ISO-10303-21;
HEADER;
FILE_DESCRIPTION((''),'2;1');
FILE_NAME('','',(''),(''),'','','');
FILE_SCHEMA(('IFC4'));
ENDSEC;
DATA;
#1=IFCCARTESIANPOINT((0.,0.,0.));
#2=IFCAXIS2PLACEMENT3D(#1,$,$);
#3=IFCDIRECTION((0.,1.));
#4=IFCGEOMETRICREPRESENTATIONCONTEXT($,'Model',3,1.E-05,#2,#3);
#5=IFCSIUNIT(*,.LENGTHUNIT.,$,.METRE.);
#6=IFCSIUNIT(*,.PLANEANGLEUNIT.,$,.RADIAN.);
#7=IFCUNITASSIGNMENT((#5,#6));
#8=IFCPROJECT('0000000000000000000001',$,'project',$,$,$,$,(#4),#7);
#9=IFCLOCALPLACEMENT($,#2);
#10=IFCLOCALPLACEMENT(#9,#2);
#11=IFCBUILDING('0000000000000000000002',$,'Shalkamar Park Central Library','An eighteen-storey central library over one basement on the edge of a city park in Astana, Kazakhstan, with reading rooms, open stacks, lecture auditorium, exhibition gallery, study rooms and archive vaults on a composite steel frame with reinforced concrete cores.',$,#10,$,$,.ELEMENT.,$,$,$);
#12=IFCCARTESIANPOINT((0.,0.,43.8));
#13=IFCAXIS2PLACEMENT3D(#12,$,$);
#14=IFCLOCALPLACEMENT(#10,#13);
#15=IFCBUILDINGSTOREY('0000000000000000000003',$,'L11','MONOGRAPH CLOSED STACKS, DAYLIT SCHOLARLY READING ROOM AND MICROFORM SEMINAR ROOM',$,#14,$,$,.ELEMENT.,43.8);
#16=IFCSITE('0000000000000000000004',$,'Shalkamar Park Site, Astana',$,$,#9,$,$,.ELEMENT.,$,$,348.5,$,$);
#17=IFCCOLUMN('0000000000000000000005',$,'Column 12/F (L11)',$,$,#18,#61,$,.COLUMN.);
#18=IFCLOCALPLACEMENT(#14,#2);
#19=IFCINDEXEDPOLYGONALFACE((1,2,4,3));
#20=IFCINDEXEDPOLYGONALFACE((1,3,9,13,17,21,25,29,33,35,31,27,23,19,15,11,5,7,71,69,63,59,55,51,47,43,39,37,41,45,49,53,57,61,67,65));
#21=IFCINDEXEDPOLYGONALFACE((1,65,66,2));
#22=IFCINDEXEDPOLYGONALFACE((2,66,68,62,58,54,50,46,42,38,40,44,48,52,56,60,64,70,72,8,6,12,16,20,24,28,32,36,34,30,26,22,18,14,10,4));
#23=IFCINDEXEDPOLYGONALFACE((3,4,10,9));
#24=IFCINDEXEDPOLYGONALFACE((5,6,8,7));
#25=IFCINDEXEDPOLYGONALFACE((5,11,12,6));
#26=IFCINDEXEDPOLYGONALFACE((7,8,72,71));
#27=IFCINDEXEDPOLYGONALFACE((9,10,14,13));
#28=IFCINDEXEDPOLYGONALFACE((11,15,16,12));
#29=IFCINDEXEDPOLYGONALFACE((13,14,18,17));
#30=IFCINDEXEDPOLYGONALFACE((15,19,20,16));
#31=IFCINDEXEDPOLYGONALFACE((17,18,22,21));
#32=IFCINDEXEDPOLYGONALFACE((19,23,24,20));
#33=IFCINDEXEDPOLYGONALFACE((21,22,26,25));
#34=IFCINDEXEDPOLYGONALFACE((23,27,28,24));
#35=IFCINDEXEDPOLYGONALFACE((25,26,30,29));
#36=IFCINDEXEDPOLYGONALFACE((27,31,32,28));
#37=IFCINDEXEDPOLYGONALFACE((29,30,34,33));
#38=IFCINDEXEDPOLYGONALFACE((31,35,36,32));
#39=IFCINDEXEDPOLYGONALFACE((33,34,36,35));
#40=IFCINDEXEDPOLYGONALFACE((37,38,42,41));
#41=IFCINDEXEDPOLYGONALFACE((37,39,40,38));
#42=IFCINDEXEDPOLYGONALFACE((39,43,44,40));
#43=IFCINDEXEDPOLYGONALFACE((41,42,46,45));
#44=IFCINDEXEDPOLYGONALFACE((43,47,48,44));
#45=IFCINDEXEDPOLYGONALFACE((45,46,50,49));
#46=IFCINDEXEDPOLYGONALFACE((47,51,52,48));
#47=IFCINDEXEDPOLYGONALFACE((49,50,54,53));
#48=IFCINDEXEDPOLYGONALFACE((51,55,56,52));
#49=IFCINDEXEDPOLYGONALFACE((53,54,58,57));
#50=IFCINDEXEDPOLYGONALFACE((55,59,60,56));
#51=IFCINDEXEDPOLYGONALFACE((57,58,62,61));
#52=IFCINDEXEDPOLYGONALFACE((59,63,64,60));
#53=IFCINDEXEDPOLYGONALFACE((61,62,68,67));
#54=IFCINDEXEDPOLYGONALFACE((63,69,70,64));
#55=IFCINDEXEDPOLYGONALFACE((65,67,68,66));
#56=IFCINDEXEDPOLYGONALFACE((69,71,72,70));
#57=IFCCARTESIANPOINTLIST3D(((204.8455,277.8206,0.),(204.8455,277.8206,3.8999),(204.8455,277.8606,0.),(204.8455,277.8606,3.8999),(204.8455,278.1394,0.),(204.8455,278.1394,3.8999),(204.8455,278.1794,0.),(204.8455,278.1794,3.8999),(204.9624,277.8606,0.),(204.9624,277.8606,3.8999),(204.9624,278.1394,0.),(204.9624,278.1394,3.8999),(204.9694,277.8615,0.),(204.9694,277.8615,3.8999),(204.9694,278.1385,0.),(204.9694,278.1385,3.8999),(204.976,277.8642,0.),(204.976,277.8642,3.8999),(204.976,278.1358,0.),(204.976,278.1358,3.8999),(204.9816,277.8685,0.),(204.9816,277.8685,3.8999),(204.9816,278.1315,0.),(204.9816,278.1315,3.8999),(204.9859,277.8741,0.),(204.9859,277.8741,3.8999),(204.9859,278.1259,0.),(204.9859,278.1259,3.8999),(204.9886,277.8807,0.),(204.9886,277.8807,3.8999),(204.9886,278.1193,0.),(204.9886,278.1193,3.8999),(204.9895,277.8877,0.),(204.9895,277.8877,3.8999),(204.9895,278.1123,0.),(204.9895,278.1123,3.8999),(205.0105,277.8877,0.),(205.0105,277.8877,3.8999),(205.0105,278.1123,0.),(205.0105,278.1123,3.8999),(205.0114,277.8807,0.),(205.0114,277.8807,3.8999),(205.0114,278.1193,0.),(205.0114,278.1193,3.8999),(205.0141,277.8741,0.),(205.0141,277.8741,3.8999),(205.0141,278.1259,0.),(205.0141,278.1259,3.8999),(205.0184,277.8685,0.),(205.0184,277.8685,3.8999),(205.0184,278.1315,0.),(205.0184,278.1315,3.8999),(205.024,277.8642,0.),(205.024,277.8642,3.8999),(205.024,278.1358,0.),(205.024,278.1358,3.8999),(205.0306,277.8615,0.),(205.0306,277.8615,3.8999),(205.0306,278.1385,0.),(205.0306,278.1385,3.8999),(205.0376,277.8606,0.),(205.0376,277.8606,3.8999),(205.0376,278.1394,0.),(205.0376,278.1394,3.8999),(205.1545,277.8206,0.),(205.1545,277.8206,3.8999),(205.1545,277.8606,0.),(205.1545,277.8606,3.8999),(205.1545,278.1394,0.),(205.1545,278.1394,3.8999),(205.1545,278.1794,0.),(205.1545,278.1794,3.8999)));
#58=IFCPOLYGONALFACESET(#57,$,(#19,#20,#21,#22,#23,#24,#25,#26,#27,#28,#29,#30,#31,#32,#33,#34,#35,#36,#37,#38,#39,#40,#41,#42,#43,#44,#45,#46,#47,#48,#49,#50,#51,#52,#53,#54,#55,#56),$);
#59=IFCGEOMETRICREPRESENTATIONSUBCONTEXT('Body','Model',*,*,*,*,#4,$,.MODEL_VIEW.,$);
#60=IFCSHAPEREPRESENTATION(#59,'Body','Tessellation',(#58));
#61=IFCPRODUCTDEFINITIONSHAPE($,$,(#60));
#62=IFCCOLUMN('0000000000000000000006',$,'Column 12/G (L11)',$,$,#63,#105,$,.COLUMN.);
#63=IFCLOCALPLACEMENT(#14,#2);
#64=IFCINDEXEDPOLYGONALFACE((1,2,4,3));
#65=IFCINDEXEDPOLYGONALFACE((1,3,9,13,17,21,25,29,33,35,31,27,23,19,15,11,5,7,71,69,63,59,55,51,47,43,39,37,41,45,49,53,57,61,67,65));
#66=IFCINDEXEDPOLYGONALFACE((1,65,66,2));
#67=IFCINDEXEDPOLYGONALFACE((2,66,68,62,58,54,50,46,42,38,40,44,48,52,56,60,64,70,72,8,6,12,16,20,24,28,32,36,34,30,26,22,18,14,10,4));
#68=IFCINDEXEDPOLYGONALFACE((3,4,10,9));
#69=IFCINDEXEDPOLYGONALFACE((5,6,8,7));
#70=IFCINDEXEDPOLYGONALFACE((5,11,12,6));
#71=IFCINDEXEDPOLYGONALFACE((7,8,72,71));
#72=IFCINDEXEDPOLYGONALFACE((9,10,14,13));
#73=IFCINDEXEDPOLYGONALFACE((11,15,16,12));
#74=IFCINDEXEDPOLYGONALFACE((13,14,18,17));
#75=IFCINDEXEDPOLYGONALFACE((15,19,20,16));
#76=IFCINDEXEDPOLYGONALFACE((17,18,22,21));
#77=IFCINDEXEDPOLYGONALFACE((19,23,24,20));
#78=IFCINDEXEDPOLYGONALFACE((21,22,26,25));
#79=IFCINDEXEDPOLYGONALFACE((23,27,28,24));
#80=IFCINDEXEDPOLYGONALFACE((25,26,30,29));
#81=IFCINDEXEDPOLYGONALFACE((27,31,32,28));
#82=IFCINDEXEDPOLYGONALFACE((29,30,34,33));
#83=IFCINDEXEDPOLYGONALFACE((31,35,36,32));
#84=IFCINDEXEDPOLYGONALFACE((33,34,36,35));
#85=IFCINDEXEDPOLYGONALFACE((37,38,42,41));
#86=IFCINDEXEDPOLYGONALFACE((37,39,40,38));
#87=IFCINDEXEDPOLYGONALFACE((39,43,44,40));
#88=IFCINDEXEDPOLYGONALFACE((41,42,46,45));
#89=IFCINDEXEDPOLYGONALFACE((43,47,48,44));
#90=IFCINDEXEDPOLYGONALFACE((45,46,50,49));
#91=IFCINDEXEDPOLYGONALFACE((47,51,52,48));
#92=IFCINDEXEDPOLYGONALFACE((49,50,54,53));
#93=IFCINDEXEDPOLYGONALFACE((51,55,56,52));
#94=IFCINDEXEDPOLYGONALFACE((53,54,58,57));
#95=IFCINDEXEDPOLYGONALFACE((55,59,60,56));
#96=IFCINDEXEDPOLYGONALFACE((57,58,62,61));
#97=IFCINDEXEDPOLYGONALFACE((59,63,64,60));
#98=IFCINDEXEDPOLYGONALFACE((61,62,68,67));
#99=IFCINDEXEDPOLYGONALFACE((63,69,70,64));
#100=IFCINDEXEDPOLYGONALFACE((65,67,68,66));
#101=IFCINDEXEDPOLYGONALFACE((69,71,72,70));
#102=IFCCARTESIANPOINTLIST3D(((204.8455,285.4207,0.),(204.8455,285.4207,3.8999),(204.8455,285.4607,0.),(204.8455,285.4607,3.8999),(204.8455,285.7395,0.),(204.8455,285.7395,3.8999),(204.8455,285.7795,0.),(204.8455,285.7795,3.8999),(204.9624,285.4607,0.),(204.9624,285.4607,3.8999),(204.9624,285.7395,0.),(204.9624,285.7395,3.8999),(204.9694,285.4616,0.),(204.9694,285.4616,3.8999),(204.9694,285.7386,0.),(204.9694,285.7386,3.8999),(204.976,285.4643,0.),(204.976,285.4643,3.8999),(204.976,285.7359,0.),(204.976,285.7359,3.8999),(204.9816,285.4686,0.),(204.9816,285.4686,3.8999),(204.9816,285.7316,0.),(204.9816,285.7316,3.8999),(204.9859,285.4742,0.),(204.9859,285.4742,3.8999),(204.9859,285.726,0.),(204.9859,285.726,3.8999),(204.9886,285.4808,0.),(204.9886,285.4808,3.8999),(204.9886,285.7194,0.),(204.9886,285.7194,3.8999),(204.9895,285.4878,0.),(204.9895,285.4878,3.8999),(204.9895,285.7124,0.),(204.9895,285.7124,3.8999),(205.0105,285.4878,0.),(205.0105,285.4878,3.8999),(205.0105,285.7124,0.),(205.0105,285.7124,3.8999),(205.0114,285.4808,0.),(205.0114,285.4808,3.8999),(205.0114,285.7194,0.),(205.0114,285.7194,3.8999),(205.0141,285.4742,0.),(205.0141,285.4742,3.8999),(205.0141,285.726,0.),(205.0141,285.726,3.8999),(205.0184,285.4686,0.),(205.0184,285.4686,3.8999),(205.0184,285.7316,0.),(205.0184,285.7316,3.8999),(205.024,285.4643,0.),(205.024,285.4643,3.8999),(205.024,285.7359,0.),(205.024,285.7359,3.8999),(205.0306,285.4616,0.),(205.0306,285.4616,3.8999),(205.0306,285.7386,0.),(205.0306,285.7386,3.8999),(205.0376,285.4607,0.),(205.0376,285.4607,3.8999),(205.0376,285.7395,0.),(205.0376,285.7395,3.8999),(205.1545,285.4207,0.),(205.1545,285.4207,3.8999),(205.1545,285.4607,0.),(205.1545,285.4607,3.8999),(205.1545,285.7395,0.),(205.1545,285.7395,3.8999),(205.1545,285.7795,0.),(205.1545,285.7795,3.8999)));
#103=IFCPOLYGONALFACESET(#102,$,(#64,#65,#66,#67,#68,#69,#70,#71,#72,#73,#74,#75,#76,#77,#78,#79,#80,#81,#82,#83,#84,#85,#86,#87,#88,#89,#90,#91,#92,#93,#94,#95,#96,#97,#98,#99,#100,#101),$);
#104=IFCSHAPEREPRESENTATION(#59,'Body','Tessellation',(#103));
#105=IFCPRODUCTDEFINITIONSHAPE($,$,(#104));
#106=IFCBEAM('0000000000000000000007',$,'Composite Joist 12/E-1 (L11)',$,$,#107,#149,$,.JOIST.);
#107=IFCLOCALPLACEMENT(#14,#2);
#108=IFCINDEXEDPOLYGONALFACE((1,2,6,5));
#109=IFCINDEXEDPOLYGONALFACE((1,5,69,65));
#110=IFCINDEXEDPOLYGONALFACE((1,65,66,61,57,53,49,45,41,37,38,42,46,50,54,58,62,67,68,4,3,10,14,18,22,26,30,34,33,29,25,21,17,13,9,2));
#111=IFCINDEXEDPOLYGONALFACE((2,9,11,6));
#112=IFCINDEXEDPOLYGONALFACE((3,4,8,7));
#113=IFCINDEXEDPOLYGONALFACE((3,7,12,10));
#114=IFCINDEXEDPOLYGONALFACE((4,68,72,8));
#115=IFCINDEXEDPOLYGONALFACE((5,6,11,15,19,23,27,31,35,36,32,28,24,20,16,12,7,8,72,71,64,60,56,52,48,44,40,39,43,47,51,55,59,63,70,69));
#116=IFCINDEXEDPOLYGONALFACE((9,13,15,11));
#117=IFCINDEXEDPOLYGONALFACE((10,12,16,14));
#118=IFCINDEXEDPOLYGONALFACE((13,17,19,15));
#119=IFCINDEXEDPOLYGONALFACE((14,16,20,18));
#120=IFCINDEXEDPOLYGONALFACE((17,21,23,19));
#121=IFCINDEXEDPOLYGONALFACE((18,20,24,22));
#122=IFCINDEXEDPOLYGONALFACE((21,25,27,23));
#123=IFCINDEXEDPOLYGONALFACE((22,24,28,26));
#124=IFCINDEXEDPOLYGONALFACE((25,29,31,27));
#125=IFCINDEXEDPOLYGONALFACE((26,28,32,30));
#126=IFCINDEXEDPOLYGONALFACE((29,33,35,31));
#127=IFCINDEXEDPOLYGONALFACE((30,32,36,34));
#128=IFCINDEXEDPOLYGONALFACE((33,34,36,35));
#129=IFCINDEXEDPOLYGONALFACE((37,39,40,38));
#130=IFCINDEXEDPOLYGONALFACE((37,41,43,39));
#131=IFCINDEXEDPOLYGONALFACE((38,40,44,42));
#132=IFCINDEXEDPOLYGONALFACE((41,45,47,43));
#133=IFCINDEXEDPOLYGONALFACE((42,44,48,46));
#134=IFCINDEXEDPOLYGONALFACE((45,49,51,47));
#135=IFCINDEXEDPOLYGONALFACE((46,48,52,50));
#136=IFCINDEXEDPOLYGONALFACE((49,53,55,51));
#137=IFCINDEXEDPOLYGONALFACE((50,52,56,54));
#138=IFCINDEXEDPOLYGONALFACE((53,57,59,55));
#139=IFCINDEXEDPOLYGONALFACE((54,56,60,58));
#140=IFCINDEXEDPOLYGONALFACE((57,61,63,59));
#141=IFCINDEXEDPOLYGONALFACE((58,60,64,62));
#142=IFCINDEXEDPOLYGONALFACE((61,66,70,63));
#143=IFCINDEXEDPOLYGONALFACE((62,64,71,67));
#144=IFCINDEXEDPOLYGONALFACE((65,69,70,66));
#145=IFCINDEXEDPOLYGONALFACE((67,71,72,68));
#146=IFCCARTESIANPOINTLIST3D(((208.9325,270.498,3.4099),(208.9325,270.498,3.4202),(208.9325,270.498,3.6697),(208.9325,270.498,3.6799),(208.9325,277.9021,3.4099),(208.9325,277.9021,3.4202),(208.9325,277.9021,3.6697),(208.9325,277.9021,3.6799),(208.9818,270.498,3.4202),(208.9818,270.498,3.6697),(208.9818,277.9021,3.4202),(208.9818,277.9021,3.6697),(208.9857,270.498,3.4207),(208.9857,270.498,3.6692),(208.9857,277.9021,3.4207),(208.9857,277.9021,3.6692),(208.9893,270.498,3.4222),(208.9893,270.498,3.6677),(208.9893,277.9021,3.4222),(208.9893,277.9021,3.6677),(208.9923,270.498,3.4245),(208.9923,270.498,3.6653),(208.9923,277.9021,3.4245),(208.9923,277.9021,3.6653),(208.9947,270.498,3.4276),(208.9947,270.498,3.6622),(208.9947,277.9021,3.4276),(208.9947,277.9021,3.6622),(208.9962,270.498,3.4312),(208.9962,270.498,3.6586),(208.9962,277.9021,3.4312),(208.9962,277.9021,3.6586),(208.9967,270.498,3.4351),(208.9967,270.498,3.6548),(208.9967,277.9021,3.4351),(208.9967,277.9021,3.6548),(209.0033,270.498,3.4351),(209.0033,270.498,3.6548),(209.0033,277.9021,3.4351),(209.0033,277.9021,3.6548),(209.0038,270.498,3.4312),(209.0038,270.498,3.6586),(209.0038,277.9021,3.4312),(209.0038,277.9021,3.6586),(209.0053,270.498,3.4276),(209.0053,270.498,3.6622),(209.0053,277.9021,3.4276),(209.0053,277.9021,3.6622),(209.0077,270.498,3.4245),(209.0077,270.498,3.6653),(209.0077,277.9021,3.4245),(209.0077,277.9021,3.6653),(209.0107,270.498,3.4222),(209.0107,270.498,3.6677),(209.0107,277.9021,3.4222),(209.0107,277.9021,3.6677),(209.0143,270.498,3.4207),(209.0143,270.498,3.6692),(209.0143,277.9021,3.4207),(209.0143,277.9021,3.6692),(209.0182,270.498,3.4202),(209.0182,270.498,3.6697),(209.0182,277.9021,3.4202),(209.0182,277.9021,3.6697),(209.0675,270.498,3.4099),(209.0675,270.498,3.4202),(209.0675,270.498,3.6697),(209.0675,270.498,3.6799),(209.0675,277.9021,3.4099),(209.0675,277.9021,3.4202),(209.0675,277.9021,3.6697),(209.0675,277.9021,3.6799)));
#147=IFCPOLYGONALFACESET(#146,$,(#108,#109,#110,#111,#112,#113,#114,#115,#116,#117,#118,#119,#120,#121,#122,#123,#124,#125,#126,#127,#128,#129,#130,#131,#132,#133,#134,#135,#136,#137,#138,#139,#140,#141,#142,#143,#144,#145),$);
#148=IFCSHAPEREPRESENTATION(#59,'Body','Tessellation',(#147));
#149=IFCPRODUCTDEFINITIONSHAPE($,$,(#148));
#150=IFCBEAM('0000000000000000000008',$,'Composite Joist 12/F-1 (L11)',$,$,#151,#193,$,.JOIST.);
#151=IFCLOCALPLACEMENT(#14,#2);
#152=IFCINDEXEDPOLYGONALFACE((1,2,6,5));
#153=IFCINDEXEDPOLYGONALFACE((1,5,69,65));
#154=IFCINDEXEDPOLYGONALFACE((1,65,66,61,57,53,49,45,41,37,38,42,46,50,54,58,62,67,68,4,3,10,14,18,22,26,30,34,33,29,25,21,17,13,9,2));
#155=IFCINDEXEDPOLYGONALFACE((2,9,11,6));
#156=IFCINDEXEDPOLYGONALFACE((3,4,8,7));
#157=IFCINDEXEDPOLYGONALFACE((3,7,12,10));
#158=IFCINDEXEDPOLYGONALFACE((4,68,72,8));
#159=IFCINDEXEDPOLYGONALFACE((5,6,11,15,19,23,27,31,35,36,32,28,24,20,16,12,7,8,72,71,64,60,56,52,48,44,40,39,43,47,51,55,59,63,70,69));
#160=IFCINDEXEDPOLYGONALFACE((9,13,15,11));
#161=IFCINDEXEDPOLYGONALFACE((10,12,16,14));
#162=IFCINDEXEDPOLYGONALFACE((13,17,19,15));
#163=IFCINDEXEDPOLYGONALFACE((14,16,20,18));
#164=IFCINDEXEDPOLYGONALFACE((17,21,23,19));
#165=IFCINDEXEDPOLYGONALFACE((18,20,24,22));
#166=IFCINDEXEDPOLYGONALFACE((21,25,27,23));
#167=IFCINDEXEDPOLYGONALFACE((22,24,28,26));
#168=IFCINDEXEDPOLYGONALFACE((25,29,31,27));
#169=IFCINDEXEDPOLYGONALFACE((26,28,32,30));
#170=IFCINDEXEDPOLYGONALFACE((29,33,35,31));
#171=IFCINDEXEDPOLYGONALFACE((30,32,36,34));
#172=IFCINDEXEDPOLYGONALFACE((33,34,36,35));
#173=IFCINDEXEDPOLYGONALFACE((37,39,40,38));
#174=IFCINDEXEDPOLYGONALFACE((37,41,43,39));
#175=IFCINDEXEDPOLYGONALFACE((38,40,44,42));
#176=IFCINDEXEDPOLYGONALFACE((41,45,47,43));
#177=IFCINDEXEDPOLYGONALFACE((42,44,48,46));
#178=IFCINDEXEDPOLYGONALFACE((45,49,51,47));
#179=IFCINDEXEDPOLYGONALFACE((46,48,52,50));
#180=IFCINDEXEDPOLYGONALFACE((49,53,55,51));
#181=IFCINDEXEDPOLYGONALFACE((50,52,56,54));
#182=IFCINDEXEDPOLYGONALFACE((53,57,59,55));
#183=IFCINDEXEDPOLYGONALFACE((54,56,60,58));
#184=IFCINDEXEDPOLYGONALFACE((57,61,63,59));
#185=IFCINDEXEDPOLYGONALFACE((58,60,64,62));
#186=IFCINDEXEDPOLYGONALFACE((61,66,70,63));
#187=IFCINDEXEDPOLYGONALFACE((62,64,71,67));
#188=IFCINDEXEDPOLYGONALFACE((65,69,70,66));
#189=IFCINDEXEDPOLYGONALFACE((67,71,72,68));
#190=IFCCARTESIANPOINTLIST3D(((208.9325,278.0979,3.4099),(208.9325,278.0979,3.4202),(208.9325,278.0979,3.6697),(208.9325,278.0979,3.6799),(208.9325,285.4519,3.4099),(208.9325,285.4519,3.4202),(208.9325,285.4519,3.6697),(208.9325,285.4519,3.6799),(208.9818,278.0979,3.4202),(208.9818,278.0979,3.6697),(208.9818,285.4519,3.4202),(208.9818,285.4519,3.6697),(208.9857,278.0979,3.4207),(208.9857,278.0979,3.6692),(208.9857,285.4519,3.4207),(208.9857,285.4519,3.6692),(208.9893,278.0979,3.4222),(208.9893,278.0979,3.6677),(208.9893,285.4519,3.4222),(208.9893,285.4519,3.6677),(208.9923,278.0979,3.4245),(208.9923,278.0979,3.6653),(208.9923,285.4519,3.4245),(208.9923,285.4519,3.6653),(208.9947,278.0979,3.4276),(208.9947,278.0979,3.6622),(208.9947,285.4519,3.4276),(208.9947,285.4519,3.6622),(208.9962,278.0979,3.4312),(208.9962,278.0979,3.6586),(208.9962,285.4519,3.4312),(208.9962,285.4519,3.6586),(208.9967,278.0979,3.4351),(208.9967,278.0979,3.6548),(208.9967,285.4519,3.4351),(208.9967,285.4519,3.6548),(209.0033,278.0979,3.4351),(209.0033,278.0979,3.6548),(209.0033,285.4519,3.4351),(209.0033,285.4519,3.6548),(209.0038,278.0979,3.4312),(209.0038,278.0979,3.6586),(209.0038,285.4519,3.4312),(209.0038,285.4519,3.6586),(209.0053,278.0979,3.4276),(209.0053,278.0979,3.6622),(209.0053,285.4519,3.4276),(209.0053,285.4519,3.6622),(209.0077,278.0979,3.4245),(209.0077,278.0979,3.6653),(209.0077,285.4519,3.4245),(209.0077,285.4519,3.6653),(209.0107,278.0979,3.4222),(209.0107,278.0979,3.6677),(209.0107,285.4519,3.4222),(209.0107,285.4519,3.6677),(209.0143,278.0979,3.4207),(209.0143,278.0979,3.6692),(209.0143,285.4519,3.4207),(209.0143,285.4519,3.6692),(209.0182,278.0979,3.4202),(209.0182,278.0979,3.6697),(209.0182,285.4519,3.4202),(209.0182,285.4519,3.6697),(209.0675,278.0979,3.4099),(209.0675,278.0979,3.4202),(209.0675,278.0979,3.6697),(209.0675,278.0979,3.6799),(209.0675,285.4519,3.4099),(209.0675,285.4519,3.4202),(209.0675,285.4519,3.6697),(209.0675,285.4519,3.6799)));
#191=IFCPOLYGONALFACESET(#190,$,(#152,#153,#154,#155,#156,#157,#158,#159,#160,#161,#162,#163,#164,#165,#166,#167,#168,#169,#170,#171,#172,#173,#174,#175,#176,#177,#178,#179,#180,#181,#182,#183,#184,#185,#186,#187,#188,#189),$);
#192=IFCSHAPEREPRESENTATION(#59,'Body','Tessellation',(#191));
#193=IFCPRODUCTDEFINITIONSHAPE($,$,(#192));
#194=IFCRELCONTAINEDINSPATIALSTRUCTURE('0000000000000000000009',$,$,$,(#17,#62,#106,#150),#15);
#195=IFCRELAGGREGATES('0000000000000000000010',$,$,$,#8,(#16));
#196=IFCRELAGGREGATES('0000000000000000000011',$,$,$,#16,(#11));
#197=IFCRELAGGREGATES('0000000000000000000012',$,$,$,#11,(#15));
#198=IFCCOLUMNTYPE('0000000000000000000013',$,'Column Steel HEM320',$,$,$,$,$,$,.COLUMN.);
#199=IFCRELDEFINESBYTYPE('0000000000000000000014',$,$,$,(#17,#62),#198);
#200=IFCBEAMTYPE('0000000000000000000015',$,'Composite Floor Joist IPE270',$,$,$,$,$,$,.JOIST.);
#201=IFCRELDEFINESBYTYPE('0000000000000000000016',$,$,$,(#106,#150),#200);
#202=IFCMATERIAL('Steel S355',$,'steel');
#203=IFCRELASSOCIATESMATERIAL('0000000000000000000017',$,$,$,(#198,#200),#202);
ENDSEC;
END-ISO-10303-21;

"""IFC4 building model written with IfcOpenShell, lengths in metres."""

from ifc_helpers import new_model, si_unit, direction, frame, origin, origin_2d, place, context, subcontext, project, spatial, i_section, extrude, material, material_profile, profile_set, type_object, element, save


model = new_model("IFC4")

# Units and contexts
model_context = context("Model", 3, precision=1e-05, world=origin(), true_north=direction((0.0, 1.0)))
body_context = subcontext(model_context, "Body", "Model", "MODEL_VIEW")
ifc_project = project(units=[si_unit("LENGTHUNIT", "METRE"), si_unit("PLANEANGLEUNIT", "RADIAN")], contexts=[model_context])

# Site, building, storey
site_placement = place(None, origin())
site = spatial("IfcSite", under=ifc_project, at=site_placement, Name="Shalkamar Park Site, Astana", CompositionType="ELEMENT", RefElevation=348.5)
building_placement = place(site_placement, origin())
building = spatial("IfcBuilding", under=site, at=building_placement, Name="Shalkamar Park Central Library", Description="An eighteen-storey central library over one basement on the edge of a city park in Astana, Kazakhstan, with reading rooms, open stacks, lecture auditorium, exhibition gallery, study rooms and archive vaults on a composite steel frame with reinforced concrete cores.", CompositionType="ELEMENT")
storey_placement = place(building_placement, frame((0.0, 0.0, 43.8)))
storey = spatial("IfcBuildingStorey", under=building, at=storey_placement, Name="L11", Description="MONOGRAPH CLOSED STACKS, DAYLIT SCHOLARLY READING ROOM AND MICROFORM SEMINAR ROOM", CompositionType="ELEMENT", Elevation=43.8)

# Columns
ifc_material_1 = material(Name="Steel S355", Category="steel")
ifc_material_profile_1 = material_profile(ifc_material_1, i_section(OverallWidth=0.3091, OverallDepth=0.3589, WebThickness=0.021, FlangeThickness=0.04, FilletRadius=0.0271, at=origin_2d()), Name="HEM 320")
ifc_profile_set_1 = profile_set([ifc_material_profile_1], Name="Steel S355")
column_type = type_object("IfcColumnType", Name="Column Steel HEM320", PredefinedType="COLUMN", material=ifc_profile_set_1)
for number, where, z_axis, x_axis, name in (
    (1, (205.0, 278.0, 0.0), (0.0, 0.0, 1.0), (1.0, 0.0, 0.0), "Column 12/F (L11)"),
    (2, (205.0, 285.6001, 0.0), (0.0, 0.0, 1.0), (1.0, 0.0, 0.0), "Column 12/G (L11)"),
):
    element("IfcColumn", number, at=place(storey_placement, frame(where, z_axis=z_axis, x_axis=x_axis)), inside=storey, type_object=column_type, Name=name, PredefinedType="COLUMN", context=body_context, shape_type="SweptSolid", body=[
        extrude(i_section(OverallWidth=0.3091, OverallDepth=0.3589, WebThickness=0.021, FlangeThickness=0.04, FilletRadius=0.0271, at=origin_2d()), origin(), (0.0, 0.0, 1.0), 3.8999),
    ])

# Beams
ifc_material_profile_2 = material_profile(ifc_material_1, i_section(OverallWidth=0.135, OverallDepth=0.27, WebThickness=0.0066, FlangeThickness=0.0103, FilletRadius=0.0149, at=origin_2d()), Name="IPE 270")
ifc_profile_set_2 = profile_set([ifc_material_profile_2], Name="Steel S355")
beam_type_1 = type_object("IfcBeamType", Name="Composite Floor Joist IPE270", PredefinedType="JOIST", material=ifc_profile_set_2)
beam_1_placement = place(storey_placement, frame((209.0, 270.498, 3.5449), z_axis=(0.0, 1.0, 0.0), x_axis=(-1.0, 0.0, 0.0)))
element("IfcBeam", 3, at=beam_1_placement, inside=storey, type_object=beam_type_1, Name="Composite Joist 12/E-1 (L11)", PredefinedType="JOIST", context=body_context, shape_type="SweptSolid", body=[
    extrude(i_section(OverallWidth=0.135, OverallDepth=0.27, WebThickness=0.0066, FlangeThickness=0.0103, FilletRadius=0.0149, at=origin_2d()), origin(), (0.0, 0.0, 1.0), 7.4041),
])
beam_2_placement = place(storey_placement, frame((209.0, 278.0979, 3.5449), z_axis=(0.0, 1.0, 0.0), x_axis=(-1.0, 0.0, 0.0)))
element("IfcBeam", 4, at=beam_2_placement, inside=storey, type_object=beam_type_1, Name="Composite Joist 12/F-1 (L11)", PredefinedType="JOIST", context=body_context, shape_type="SweptSolid", body=[
    extrude(i_section(OverallWidth=0.135, OverallDepth=0.27, WebThickness=0.0066, FlangeThickness=0.0103, FilletRadius=0.0149, at=origin_2d()), origin(), (0.0, 0.0, 1.0), 7.354),
])

save(model, "model.ifc")
